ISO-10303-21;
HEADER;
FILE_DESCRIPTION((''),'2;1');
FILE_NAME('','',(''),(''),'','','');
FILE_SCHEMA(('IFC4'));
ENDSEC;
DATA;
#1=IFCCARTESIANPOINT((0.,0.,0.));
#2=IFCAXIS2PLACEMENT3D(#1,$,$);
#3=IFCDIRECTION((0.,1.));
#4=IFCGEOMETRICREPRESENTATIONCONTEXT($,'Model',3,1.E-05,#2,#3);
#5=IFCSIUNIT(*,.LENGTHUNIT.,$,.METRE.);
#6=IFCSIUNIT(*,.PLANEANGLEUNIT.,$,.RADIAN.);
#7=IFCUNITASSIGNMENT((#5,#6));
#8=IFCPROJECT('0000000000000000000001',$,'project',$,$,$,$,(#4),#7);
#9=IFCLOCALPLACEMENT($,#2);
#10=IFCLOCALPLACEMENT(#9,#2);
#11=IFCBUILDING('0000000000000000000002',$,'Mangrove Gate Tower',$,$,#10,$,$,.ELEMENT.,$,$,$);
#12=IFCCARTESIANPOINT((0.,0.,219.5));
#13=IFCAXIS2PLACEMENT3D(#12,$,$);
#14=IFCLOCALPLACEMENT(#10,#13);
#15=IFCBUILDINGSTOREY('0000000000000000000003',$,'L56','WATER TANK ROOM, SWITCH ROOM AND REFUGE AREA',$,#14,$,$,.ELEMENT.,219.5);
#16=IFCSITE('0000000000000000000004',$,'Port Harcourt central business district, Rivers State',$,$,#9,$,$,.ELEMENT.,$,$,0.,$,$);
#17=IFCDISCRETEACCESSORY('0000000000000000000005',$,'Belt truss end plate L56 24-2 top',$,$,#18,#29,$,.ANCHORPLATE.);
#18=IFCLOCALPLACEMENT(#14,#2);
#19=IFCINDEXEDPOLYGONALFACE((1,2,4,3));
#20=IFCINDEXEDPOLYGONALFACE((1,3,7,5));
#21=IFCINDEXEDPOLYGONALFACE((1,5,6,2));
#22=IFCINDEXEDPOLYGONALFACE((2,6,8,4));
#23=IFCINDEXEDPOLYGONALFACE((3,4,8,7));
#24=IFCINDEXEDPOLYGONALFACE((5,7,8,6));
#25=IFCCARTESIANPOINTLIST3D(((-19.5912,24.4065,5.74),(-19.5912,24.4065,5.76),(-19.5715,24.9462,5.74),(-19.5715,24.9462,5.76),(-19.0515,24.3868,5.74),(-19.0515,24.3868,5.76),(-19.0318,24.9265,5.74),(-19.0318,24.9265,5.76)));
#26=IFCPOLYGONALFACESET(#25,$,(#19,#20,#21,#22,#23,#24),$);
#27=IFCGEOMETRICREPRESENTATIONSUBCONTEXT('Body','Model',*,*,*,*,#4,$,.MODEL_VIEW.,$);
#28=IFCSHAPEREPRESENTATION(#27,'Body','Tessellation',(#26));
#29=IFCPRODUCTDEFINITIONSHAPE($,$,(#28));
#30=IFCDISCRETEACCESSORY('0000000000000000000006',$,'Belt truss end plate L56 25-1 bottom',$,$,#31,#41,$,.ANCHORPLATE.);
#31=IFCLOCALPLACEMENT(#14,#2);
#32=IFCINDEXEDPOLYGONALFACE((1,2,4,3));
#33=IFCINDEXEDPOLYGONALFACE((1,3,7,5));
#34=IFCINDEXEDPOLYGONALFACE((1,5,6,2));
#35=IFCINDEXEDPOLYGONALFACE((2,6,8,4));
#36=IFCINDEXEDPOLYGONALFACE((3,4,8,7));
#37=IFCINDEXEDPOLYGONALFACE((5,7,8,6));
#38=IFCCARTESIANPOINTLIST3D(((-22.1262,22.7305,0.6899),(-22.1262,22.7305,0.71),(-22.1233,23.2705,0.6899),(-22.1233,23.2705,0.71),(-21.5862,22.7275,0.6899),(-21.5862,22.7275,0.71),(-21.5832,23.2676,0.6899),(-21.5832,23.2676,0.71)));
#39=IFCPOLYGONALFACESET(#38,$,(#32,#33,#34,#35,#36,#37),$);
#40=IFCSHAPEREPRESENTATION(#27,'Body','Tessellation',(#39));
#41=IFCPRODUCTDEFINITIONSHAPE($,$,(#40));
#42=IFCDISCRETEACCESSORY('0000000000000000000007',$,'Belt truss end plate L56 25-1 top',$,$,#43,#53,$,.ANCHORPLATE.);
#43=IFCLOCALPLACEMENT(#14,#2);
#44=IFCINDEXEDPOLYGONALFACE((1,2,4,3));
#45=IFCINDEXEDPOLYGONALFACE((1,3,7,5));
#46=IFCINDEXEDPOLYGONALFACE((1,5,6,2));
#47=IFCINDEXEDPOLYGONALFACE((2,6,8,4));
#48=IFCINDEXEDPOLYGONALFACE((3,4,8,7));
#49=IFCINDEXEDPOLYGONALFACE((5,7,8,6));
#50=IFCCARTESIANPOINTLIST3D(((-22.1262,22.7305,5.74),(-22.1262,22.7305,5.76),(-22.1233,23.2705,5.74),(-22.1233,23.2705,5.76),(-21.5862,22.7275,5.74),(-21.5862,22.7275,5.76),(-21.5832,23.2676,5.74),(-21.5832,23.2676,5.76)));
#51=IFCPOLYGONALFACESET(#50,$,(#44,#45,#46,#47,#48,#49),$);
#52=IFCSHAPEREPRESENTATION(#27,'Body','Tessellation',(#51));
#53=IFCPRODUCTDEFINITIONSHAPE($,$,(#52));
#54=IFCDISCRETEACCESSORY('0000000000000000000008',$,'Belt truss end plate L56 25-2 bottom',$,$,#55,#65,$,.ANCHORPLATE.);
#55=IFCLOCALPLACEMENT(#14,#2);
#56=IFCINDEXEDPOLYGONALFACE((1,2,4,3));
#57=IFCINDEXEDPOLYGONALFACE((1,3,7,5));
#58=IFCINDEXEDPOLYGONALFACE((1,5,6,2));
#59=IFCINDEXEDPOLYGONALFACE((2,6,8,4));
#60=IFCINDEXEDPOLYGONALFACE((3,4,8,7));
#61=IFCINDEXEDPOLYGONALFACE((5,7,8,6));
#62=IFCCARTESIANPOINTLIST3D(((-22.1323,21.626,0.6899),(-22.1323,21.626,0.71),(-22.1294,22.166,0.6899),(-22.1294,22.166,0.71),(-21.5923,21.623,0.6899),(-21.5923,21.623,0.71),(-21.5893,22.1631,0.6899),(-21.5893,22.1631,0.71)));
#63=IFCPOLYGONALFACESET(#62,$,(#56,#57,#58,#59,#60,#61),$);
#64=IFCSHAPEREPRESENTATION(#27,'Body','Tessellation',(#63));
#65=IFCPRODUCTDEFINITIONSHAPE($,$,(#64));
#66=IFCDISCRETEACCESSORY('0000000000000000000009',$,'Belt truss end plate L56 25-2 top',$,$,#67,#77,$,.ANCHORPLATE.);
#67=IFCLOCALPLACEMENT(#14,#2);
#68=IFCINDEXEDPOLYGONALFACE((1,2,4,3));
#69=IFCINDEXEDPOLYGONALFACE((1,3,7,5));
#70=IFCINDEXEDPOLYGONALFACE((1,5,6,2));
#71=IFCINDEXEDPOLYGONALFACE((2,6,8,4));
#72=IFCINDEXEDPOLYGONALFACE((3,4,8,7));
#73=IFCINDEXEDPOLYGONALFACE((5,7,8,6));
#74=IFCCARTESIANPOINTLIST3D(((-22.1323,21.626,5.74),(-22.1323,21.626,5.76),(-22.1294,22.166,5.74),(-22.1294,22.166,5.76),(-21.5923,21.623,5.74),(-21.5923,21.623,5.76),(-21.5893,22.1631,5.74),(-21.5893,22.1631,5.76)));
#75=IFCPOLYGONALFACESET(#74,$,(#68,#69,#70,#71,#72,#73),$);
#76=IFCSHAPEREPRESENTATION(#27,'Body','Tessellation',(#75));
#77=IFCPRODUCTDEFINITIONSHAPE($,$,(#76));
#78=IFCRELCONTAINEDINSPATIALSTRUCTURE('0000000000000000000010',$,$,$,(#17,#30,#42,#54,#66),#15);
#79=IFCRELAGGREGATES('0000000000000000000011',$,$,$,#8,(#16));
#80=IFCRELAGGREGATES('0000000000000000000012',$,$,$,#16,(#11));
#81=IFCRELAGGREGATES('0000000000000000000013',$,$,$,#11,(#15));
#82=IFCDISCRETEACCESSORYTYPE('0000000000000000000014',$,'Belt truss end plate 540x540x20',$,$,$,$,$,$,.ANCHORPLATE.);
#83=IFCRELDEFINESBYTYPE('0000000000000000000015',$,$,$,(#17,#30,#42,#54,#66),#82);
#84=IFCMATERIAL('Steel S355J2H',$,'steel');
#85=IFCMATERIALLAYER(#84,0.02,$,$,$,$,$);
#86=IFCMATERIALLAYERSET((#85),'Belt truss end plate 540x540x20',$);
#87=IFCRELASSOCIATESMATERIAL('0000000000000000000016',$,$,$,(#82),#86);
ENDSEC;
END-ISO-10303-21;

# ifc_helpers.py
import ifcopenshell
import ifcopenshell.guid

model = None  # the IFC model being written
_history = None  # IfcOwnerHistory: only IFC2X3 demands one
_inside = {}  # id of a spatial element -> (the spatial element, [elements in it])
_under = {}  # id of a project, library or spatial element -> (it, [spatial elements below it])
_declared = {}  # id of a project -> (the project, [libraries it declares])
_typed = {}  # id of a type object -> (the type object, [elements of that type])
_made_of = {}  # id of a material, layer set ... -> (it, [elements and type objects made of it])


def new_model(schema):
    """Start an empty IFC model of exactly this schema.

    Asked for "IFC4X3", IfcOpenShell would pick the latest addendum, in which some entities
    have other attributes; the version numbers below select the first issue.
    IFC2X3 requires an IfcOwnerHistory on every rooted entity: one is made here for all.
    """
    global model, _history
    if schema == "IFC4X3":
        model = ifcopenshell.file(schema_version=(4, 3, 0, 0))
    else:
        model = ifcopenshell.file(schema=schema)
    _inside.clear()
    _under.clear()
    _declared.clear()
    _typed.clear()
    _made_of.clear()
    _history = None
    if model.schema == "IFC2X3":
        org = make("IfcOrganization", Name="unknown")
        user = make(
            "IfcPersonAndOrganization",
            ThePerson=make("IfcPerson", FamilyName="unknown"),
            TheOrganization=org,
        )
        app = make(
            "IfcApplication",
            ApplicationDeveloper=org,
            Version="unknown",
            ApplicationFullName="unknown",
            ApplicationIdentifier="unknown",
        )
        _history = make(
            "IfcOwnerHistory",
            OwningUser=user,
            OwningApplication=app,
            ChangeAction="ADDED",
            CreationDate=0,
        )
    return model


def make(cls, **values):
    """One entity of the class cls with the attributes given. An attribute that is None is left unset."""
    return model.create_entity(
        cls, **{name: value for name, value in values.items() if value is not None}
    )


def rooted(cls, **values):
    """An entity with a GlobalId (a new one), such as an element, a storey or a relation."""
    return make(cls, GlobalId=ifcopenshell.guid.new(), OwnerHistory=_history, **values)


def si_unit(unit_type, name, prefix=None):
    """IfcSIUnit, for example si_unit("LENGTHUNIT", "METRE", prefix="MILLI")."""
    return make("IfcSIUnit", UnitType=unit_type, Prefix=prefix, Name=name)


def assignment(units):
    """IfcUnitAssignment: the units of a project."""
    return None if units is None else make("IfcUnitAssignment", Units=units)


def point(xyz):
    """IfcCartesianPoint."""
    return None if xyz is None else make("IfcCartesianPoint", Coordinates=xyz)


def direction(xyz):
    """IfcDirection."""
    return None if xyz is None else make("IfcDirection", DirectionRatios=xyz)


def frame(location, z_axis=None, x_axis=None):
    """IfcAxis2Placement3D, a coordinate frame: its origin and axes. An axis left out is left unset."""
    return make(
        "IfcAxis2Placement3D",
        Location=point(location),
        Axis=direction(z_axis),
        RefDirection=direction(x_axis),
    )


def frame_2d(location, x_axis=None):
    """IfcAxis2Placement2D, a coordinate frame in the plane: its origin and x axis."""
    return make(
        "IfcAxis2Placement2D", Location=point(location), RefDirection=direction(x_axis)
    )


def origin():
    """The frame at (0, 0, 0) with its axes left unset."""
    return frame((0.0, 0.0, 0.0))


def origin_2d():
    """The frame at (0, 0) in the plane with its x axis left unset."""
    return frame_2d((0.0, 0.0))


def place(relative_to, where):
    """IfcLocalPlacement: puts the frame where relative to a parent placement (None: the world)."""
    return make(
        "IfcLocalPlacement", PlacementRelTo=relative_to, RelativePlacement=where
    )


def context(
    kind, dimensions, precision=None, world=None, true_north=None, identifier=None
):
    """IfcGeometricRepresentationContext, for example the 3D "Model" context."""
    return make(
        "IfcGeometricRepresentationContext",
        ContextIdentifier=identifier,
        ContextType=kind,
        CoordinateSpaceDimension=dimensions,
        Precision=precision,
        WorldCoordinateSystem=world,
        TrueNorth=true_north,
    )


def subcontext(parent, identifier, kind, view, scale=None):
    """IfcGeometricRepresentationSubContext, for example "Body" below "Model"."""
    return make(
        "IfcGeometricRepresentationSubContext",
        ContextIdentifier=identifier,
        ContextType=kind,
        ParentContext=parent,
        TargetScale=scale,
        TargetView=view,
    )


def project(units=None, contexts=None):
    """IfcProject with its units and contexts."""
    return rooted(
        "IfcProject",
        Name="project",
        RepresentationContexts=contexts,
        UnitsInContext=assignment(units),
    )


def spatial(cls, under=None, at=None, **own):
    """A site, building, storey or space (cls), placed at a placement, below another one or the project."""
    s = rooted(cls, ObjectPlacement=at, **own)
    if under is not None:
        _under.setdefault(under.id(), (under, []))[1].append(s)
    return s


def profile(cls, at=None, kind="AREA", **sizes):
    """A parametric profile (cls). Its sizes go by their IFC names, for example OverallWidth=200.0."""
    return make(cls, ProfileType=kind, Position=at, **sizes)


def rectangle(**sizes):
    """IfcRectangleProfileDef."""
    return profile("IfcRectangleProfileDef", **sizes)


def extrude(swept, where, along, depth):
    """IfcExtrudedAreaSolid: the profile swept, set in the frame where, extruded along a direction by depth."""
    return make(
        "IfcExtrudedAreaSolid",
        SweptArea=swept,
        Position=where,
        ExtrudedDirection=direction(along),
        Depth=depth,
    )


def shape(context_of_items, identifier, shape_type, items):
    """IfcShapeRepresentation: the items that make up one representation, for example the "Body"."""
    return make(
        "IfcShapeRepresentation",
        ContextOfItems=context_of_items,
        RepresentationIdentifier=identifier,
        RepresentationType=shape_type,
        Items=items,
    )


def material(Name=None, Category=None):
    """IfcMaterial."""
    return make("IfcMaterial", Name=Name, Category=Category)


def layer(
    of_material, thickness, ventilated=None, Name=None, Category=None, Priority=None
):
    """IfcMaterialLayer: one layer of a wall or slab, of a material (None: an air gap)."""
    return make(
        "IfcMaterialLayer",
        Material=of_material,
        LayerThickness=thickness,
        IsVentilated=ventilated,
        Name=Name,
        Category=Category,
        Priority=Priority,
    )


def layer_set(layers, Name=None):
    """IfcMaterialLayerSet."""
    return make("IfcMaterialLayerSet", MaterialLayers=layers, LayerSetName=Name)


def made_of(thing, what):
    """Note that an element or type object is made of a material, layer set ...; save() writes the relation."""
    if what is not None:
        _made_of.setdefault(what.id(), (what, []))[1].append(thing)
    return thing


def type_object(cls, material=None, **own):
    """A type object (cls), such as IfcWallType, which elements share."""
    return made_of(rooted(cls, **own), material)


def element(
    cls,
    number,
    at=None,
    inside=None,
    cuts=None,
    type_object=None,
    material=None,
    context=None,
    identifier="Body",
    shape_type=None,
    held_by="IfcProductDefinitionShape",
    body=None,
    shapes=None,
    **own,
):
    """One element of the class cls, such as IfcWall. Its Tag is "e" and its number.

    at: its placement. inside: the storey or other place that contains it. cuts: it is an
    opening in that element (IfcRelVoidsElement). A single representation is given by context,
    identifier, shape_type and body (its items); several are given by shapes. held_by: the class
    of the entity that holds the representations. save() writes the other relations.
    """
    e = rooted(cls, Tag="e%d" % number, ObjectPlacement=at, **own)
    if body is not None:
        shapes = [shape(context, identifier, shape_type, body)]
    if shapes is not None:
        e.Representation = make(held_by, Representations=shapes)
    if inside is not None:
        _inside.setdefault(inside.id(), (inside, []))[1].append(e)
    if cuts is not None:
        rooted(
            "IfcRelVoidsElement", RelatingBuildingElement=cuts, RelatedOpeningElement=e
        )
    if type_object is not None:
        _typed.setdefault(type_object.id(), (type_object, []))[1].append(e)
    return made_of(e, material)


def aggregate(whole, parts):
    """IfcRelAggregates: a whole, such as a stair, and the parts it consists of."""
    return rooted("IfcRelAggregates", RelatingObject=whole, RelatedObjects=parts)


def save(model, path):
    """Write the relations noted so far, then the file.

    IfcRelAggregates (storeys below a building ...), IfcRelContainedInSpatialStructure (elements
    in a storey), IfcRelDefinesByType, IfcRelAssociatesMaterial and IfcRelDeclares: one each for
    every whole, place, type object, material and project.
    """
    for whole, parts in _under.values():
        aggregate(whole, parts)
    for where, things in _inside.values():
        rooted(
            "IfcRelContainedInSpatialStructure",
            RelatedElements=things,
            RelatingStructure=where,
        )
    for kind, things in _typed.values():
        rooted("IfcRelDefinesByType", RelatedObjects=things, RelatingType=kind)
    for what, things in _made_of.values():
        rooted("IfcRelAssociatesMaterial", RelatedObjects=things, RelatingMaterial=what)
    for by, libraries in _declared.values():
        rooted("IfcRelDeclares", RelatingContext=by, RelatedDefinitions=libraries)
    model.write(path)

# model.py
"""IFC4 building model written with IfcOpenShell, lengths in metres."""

from ifc_helpers import new_model, si_unit, direction, frame, origin, origin_2d, place, context, subcontext, project, spatial, rectangle, extrude, material, layer, layer_set, type_object, element, save


model = new_model("IFC4")

# Units and contexts
model_context = context("Model", 3, precision=1e-05, world=origin(), true_north=direction((0.0, 1.0)))
body_context = subcontext(model_context, "Body", "Model", "MODEL_VIEW")
ifc_project = project(units=[si_unit("LENGTHUNIT", "METRE"), si_unit("PLANEANGLEUNIT", "RADIAN")], contexts=[model_context])

# Site, building, storey
site_placement = place(None, origin())
site = spatial("IfcSite", under=ifc_project, at=site_placement, Name="Port Harcourt central business district, Rivers State", CompositionType="ELEMENT", RefElevation=0.0)
building_placement = place(site_placement, origin())
building = spatial("IfcBuilding", under=site, at=building_placement, Name="Mangrove Gate Tower", CompositionType="ELEMENT")
storey_placement = place(building_placement, frame((0.0, 0.0, 219.5)))
storey = spatial("IfcBuildingStorey", under=building, at=storey_placement, Name="L56", Description="WATER TANK ROOM, SWITCH ROOM AND REFUGE AREA", CompositionType="ELEMENT", Elevation=219.5)

# Discrete accessories
ifc_material_1 = material(Name="Steel S355J2H", Category="steel")
ifc_layer_1 = layer(ifc_material_1, 0.02)
ifc_layer_set_1 = layer_set([ifc_layer_1], Name="Belt truss end plate 540x540x20")
discrete_accessory_type_1 = type_object("IfcDiscreteAccessoryType", Name="Belt truss end plate 540x540x20", PredefinedType="ANCHORPLATE", material=ifc_layer_set_1)
for number, where, z_axis, x_axis, name in (
    (1, (-19.3115, 24.6665, 5.74), (0.0, 0.0, 1.0), (-0.999333, 0.036507, 0.0), "Belt truss end plate L56 24-2 top"),
    (2, (-21.8547, 22.999, 0.6899), (0.0, 0.0, 1.0), (-0.005475, -0.999985, 0.0), "Belt truss end plate L56 25-1 bottom"),
    (3, (-21.8547, 22.999, 5.74), (0.0, 0.0, 1.0), (-0.005475, -0.999985, 0.0), "Belt truss end plate L56 25-1 top"),
    (4, (-21.8608, 21.8945, 0.6899), (0.0, 0.0, 1.0), (-0.005475, -0.999985, 0.0), "Belt truss end plate L56 25-2 bottom"),
    (5, (-21.8608, 21.8945, 5.74), (0.0, 0.0, 1.0), (-0.005475, -0.999985, 0.0), "Belt truss end plate L56 25-2 top"),
):
    element("IfcDiscreteAccessory", number, at=place(storey_placement, frame(where, z_axis=z_axis, x_axis=x_axis)), inside=storey, type_object=discrete_accessory_type_1, Name=name, PredefinedType="ANCHORPLATE", context=body_context, shape_type="SweptSolid", body=[
        extrude(rectangle(XDim=0.54, YDim=0.54, at=origin_2d()), origin(), (0.0, 0.0, 1.0), 0.02),
    ])

save(model, "model.ifc")
